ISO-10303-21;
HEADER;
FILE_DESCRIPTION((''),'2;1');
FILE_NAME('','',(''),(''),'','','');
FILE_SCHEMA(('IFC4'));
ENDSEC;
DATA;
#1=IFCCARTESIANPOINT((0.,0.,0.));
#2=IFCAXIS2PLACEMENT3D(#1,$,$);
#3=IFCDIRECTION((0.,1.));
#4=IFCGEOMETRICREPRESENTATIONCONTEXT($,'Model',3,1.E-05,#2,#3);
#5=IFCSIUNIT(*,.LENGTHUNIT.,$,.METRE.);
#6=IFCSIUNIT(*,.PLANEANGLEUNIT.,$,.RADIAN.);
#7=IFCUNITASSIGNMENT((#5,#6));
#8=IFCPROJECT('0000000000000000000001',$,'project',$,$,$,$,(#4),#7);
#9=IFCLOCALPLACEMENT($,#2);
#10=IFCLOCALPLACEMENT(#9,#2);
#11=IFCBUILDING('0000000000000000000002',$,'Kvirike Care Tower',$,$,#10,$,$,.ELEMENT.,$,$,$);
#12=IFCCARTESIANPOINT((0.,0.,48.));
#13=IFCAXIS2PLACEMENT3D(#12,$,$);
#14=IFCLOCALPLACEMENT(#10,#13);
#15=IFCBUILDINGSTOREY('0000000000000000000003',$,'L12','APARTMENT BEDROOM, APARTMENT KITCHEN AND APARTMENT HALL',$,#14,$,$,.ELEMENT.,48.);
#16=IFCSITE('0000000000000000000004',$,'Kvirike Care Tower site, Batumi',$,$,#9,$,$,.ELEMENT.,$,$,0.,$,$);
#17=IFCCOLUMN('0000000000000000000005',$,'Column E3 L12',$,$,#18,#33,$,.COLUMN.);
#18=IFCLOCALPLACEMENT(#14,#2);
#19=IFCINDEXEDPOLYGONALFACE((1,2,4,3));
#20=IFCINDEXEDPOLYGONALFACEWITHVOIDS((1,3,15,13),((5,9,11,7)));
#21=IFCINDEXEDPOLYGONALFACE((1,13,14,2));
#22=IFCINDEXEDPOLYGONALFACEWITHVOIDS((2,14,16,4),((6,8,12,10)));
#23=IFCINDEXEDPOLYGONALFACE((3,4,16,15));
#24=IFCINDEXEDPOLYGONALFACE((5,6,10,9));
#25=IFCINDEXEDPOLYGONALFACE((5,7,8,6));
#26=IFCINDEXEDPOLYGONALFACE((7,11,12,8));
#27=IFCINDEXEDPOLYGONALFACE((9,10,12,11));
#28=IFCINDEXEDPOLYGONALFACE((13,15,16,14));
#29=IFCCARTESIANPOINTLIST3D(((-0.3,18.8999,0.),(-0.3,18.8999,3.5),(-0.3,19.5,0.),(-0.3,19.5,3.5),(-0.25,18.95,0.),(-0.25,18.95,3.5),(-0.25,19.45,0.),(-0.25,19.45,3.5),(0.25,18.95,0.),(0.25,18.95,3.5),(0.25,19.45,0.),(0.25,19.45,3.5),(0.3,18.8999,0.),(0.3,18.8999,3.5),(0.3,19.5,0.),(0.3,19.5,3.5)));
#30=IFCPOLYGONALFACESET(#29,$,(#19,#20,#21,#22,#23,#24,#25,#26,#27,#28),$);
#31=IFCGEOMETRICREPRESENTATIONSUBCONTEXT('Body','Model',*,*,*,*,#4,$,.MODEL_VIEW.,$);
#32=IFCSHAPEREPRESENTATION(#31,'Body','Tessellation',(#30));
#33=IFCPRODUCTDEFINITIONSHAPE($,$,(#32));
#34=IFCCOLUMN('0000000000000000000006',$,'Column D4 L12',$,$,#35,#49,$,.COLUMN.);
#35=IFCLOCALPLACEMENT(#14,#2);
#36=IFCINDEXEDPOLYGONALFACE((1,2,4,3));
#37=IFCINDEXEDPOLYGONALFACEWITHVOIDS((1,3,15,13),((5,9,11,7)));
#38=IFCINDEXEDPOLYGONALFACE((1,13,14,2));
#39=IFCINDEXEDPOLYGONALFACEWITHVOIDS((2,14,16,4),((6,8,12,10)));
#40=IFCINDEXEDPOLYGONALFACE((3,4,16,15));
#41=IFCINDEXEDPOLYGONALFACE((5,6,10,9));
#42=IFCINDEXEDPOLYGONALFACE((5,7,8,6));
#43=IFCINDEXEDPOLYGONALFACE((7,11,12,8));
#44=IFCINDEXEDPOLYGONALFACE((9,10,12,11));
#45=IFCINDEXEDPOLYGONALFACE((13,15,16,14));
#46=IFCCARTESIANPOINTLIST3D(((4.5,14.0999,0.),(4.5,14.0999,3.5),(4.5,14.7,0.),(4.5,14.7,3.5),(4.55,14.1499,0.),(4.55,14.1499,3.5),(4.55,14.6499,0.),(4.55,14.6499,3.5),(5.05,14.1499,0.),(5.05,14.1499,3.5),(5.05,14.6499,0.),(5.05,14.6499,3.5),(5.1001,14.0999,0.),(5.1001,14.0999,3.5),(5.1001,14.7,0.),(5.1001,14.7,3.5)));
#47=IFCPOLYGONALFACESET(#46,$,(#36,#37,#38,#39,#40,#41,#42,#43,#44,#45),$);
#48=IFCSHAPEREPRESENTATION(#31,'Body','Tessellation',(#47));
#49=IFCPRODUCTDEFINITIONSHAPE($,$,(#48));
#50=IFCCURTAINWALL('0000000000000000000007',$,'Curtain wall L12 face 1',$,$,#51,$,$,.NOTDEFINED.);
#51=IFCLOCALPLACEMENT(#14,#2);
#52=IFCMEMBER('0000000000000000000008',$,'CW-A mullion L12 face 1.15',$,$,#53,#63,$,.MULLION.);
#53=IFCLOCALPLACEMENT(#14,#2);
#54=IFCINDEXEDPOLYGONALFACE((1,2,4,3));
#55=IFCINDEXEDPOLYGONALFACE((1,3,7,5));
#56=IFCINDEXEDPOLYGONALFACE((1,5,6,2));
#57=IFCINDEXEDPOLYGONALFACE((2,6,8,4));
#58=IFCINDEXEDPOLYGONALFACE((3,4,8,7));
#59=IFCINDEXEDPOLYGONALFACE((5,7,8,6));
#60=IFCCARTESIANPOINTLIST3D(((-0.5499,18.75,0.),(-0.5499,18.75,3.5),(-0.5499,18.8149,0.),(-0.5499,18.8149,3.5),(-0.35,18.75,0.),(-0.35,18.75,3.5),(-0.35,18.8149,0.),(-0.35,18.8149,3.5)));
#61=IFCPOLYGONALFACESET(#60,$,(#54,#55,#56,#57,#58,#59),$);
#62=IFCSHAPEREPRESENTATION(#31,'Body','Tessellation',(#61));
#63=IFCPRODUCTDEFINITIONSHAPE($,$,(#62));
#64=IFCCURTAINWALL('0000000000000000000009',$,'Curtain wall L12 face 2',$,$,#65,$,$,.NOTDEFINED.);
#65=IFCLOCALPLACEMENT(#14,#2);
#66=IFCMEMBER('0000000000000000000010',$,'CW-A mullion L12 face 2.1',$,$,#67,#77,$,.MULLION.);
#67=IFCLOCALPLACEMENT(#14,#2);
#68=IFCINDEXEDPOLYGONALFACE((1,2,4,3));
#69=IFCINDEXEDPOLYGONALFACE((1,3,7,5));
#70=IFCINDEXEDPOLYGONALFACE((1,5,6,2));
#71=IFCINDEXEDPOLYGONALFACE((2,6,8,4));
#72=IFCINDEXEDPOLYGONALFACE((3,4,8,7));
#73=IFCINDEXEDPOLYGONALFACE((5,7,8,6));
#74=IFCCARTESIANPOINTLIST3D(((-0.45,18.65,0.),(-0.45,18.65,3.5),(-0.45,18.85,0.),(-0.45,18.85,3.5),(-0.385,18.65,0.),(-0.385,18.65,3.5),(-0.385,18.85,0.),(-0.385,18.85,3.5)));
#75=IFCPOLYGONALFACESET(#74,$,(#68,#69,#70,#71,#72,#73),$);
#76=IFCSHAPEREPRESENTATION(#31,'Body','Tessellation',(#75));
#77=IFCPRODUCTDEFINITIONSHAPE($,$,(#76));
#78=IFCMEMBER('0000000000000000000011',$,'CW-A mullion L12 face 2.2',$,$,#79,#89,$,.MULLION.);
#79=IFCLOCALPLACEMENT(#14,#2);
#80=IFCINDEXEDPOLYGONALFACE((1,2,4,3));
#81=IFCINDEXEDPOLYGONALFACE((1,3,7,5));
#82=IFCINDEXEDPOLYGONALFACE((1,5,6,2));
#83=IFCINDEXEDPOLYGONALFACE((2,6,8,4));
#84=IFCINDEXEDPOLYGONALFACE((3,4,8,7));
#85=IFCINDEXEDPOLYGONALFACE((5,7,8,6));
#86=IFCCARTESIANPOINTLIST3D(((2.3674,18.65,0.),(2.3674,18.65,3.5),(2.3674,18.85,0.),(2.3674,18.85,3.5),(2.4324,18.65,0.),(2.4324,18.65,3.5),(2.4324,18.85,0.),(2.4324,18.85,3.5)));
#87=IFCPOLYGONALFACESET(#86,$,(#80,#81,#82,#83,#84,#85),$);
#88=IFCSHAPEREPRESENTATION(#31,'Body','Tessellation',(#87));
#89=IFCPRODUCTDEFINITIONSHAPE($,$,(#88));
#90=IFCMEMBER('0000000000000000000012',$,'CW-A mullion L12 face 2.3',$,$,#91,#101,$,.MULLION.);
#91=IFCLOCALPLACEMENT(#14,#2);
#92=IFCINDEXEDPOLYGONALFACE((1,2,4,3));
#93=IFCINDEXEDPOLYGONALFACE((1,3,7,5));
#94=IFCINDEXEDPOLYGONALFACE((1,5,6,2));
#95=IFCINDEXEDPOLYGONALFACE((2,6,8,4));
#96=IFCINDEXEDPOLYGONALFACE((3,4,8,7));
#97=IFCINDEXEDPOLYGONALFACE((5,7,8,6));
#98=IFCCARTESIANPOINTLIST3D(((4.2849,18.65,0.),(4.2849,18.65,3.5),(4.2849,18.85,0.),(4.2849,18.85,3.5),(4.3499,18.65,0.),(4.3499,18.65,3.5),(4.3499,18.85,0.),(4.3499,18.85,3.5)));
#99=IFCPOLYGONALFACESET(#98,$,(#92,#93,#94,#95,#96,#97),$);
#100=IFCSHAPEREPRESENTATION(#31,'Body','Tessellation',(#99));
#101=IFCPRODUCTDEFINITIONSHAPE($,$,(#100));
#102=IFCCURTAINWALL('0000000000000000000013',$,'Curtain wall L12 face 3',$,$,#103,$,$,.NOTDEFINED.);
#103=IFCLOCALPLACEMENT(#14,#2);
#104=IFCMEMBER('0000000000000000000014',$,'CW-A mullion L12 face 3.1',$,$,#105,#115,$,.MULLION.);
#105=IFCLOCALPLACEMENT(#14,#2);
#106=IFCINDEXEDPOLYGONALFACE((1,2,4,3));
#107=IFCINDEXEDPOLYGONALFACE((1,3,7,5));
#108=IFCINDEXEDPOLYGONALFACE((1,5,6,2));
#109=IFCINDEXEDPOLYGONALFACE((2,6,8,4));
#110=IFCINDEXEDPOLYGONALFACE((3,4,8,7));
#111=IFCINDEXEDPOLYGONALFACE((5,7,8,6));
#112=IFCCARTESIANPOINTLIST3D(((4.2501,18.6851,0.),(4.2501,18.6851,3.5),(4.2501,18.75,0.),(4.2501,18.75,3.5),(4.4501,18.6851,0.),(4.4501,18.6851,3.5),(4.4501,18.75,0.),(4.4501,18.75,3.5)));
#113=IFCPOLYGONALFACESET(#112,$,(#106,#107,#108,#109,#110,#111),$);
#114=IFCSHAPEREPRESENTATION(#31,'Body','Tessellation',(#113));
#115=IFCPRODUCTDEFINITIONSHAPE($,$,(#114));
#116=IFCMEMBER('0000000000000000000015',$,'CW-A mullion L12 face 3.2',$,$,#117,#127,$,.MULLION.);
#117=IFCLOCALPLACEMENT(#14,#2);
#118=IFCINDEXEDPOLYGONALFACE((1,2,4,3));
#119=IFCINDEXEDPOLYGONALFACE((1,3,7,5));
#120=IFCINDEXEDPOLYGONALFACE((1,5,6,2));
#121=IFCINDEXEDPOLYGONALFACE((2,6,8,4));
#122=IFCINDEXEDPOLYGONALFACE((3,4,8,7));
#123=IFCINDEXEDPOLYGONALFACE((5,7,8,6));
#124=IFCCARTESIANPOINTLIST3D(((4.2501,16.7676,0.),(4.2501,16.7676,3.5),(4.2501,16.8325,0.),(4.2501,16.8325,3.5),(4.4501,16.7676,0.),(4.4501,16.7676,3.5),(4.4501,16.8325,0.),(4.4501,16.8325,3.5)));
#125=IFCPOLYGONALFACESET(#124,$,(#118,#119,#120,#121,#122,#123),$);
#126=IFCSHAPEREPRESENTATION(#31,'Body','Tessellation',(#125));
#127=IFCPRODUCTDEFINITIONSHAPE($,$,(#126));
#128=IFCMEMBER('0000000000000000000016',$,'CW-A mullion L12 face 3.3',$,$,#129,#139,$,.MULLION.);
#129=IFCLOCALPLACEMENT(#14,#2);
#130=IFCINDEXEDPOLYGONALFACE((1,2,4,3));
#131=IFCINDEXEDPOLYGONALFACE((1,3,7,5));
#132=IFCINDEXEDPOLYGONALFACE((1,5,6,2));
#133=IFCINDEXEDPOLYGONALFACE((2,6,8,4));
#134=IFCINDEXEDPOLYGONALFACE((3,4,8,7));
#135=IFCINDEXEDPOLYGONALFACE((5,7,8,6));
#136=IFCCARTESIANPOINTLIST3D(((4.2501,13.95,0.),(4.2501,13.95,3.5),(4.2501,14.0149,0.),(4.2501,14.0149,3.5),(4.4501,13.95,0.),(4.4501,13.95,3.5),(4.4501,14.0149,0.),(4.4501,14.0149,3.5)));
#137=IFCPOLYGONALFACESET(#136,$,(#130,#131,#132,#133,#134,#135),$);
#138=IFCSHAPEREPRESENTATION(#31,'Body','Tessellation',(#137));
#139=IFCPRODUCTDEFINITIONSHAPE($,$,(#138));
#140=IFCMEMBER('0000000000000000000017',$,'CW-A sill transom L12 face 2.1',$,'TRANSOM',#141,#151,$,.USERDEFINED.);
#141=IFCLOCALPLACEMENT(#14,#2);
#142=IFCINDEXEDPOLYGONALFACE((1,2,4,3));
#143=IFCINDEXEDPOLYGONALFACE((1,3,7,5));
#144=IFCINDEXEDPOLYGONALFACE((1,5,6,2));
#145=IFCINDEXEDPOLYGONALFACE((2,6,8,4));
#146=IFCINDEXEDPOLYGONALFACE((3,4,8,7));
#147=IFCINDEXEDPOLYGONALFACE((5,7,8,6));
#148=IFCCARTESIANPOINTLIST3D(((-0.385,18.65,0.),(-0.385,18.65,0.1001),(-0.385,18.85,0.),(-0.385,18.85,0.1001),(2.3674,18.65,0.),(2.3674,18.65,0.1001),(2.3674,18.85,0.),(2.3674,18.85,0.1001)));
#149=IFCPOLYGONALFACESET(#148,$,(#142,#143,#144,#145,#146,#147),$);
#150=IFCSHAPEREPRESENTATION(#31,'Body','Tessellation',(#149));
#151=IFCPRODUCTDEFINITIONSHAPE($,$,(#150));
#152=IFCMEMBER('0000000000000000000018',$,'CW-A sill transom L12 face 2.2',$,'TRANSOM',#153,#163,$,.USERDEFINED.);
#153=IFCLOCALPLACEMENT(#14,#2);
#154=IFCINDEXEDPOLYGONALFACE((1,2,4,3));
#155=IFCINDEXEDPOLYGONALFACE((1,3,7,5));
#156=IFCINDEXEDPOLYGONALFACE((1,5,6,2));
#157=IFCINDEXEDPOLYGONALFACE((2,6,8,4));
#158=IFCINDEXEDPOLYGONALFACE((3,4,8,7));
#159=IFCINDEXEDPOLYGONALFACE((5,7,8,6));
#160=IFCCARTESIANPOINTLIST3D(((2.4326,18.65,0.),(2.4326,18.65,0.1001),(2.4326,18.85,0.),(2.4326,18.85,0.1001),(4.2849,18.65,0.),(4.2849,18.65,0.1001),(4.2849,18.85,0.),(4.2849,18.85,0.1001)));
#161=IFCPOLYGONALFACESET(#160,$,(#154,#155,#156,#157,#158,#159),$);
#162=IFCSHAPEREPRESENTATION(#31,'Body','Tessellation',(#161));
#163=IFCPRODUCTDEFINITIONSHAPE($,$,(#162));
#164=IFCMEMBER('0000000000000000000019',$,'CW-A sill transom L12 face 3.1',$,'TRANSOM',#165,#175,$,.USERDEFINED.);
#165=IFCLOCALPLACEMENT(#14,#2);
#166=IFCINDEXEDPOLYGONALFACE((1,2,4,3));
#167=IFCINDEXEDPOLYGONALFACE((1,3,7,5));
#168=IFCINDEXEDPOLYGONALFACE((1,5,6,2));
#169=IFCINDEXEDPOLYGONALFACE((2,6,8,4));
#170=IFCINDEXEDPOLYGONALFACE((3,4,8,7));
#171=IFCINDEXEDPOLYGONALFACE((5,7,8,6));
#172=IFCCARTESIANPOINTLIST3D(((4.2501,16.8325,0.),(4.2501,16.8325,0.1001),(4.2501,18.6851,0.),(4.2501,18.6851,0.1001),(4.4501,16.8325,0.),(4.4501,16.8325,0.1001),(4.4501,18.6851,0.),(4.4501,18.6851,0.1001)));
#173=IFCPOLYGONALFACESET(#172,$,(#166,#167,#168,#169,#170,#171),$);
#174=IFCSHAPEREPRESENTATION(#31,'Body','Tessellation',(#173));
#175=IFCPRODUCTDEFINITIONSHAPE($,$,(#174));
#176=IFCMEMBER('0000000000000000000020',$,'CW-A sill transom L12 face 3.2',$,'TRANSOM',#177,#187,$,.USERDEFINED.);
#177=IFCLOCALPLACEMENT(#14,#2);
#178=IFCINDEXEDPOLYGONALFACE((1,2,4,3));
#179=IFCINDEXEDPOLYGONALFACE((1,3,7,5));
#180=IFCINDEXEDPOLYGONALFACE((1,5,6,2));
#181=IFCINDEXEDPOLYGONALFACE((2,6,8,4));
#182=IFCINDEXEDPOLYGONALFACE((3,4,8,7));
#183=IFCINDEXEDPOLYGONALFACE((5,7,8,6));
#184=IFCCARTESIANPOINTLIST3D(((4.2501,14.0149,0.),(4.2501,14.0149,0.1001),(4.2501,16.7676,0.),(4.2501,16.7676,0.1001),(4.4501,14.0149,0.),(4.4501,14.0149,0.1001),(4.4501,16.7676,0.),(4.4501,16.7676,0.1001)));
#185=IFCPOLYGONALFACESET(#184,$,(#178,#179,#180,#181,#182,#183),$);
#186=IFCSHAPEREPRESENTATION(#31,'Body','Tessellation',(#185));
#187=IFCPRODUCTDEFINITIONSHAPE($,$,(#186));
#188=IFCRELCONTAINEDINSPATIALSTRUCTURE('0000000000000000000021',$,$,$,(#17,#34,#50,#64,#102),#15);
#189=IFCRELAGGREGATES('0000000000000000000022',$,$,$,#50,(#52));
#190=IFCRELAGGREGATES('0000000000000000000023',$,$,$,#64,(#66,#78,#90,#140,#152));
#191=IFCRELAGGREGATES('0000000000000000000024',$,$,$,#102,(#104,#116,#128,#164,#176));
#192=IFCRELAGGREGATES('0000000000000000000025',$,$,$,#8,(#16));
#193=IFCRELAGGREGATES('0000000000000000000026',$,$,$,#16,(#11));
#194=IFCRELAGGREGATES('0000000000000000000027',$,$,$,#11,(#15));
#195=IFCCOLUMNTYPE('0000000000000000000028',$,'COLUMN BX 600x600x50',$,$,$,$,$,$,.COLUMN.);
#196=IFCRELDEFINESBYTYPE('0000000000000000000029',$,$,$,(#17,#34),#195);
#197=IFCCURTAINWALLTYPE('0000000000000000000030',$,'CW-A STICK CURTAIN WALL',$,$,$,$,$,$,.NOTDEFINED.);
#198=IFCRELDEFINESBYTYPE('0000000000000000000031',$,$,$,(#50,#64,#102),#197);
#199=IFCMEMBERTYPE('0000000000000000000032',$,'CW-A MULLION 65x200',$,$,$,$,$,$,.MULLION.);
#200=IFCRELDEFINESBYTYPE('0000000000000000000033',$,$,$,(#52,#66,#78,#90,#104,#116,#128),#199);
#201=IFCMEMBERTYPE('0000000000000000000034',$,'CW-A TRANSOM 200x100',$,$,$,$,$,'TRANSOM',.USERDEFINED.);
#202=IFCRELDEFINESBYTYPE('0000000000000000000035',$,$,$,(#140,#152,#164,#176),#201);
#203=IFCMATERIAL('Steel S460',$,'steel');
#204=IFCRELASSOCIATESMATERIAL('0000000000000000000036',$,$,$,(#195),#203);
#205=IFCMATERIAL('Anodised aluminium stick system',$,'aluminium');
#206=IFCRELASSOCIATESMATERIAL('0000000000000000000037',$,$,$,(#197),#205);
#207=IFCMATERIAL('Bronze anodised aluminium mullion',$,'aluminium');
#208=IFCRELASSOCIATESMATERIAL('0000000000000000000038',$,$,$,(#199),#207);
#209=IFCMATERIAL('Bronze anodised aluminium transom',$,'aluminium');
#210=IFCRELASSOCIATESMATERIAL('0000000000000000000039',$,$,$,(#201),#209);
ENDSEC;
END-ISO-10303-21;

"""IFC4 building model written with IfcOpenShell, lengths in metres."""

from ifc_helpers import new_model, si_unit, direction, frame, origin, origin_2d, place, context, subcontext, project, spatial, rectangle, hollow_rectangle, extrude, material, material_profile, profile_set, type_object, element, aggregate, save


model = new_model("IFC4")

# Units and contexts
model_context = context("Model", 3, precision=1e-05, world=origin(), true_north=direction((0.0, 1.0)))
body_context = subcontext(model_context, "Body", "Model", "MODEL_VIEW")
ifc_project = project(units=[si_unit("LENGTHUNIT", "METRE"), si_unit("PLANEANGLEUNIT", "RADIAN")], contexts=[model_context])

# Site, building, storey
site_placement = place(None, origin())
site = spatial("IfcSite", under=ifc_project, at=site_placement, Name="Kvirike Care Tower site, Batumi", CompositionType="ELEMENT", RefElevation=0.0)
building_placement = place(site_placement, origin())
building = spatial("IfcBuilding", under=site, at=building_placement, Name="Kvirike Care Tower", CompositionType="ELEMENT")
storey_placement = place(building_placement, frame((0.0, 0.0, 48.0)))
storey = spatial("IfcBuildingStorey", under=building, at=storey_placement, Name="L12", Description="APARTMENT BEDROOM, APARTMENT KITCHEN AND APARTMENT HALL", CompositionType="ELEMENT", Elevation=48.0)

# Columns
ifc_material_1 = material(Name="Steel S460", Category="steel")
ifc_material_profile_1 = material_profile(ifc_material_1, hollow_rectangle(XDim=0.6001, YDim=0.6001, WallThickness=0.05, at=origin_2d()), Name="BX 600x600x50")
ifc_profile_set_1 = profile_set([ifc_material_profile_1], Name="Steel S460")
column_type = type_object("IfcColumnType", Name="COLUMN BX 600x600x50", PredefinedType="COLUMN", material=ifc_profile_set_1)
for number, where, z_axis, x_axis, name in (
    (1, (0.0, 19.2, 0.0), (0.0, 0.0, 1.0), (0.0, 1.0, 0.0), "Column E3 L12"),
    (2, (4.8, 14.3999, 0.0), (0.0, 0.0, 1.0), (0.0, 1.0, 0.0), "Column D4 L12"),
):
    element("IfcColumn", number, at=place(storey_placement, frame(where, z_axis=z_axis, x_axis=x_axis)), inside=storey, type_object=column_type, Name=name, PredefinedType="COLUMN", context=body_context, shape_type="SweptSolid", body=[
        extrude(hollow_rectangle(XDim=0.6001, YDim=0.6001, WallThickness=0.05, at=origin_2d()), origin(), (0.0, 0.0, 1.0), 3.5),
    ])

# Curtain wall, member
ifc_material_2 = material(Name="Anodised aluminium stick system", Category="aluminium")
curtain_wall_type = type_object("IfcCurtainWallType", Name="CW-A STICK CURTAIN WALL", PredefinedType="NOTDEFINED", material=ifc_material_2)
curtain_wall_1_placement = place(storey_placement, origin())
curtain_wall_1 = element("IfcCurtainWall", 3, at=curtain_wall_1_placement, inside=storey, type_object=curtain_wall_type, Name="Curtain wall L12 face 1", PredefinedType="NOTDEFINED")
ifc_material_3 = material(Name="Bronze anodised aluminium mullion", Category="aluminium")
ifc_material_profile_2 = material_profile(ifc_material_3, rectangle(XDim=0.0649, YDim=0.2, at=origin_2d()), Name="CW-A MULLION 65x200")
ifc_profile_set_2 = profile_set([ifc_material_profile_2], Name="Bronze anodised aluminium mullion")
member_type_1 = type_object("IfcMemberType", Name="CW-A MULLION 65x200", PredefinedType="MULLION", material=ifc_profile_set_2)
member_1_placement = place(storey_placement, frame((-0.45, 18.7825, 0.0), z_axis=(0.0, 0.0, 1.0), x_axis=(0.0, -1.0, 0.0)))
member_1 = element("IfcMember", 4, at=member_1_placement, type_object=member_type_1, Name="CW-A mullion L12 face 1.15", PredefinedType="MULLION", context=body_context, shape_type="SweptSolid", body=[
    extrude(rectangle(XDim=0.0649, YDim=0.2, at=origin_2d()), origin(), (0.0, 0.0, 1.0), 3.5),
])
aggregate(curtain_wall_1, [member_1])

# Curtain walls, members
curtain_wall_2_placement = place(storey_placement, origin())
curtain_wall_2 = element("IfcCurtainWall", 5, at=curtain_wall_2_placement, inside=storey, type_object=curtain_wall_type, Name="Curtain wall L12 face 2", PredefinedType="NOTDEFINED")
member_2_placement = place(storey_placement, frame((-0.4175, 18.75, 0.0), z_axis=(0.0, 0.0, 1.0), x_axis=(1.0, 0.0, 0.0)))
member_2 = element("IfcMember", 6, at=member_2_placement, type_object=member_type_1, Name="CW-A mullion L12 face 2.1", PredefinedType="MULLION", context=body_context, shape_type="SweptSolid", body=[
    extrude(rectangle(XDim=0.0649, YDim=0.2, at=origin_2d()), origin(), (0.0, 0.0, 1.0), 3.5),
])
member_3_placement = place(storey_placement, frame((2.3999, 18.75, 0.0), z_axis=(0.0, 0.0, 1.0), x_axis=(1.0, 0.0, 0.0)))
member_3 = element("IfcMember", 7, at=member_3_placement, type_object=member_type_1, Name="CW-A mullion L12 face 2.2", PredefinedType="MULLION", context=body_context, shape_type="SweptSolid", body=[
    extrude(rectangle(XDim=0.0649, YDim=0.2, at=origin_2d()), origin(), (0.0, 0.0, 1.0), 3.5),
])
member_4_placement = place(storey_placement, frame((4.3174, 18.75, 0.0), z_axis=(0.0, 0.0, 1.0), x_axis=(1.0, 0.0, 0.0)))
member_4 = element("IfcMember", 8, at=member_4_placement, type_object=member_type_1, Name="CW-A mullion L12 face 2.3", PredefinedType="MULLION", context=body_context, shape_type="SweptSolid", body=[
    extrude(rectangle(XDim=0.0649, YDim=0.2, at=origin_2d()), origin(), (0.0, 0.0, 1.0), 3.5),
])
curtain_wall_3_placement = place(storey_placement, origin())
curtain_wall_3 = element("IfcCurtainWall", 9, at=curtain_wall_3_placement, inside=storey, type_object=curtain_wall_type, Name="Curtain wall L12 face 3", PredefinedType="NOTDEFINED")
member_5_placement = place(storey_placement, frame((4.3501, 18.7175, 0.0), z_axis=(0.0, 0.0, 1.0), x_axis=(0.0, -1.0, 0.0)))
member_5 = element("IfcMember", 10, at=member_5_placement, type_object=member_type_1, Name="CW-A mullion L12 face 3.1", PredefinedType="MULLION", context=body_context, shape_type="SweptSolid", body=[
    extrude(rectangle(XDim=0.0649, YDim=0.2, at=origin_2d()), origin(), (0.0, 0.0, 1.0), 3.5),
])
member_6_placement = place(storey_placement, frame((4.3501, 16.8, 0.0), z_axis=(0.0, 0.0, 1.0), x_axis=(0.0, -1.0, 0.0)))
member_6 = element("IfcMember", 11, at=member_6_placement, type_object=member_type_1, Name="CW-A mullion L12 face 3.2", PredefinedType="MULLION", context=body_context, shape_type="SweptSolid", body=[
    extrude(rectangle(XDim=0.0649, YDim=0.2, at=origin_2d()), origin(), (0.0, 0.0, 1.0), 3.5),
])
member_7_placement = place(storey_placement, frame((4.3501, 13.9824, 0.0), z_axis=(0.0, 0.0, 1.0), x_axis=(0.0, -1.0, 0.0)))
member_7 = element("IfcMember", 12, at=member_7_placement, type_object=member_type_1, Name="CW-A mullion L12 face 3.3", PredefinedType="MULLION", context=body_context, shape_type="SweptSolid", body=[
    extrude(rectangle(XDim=0.0649, YDim=0.2, at=origin_2d()), origin(), (0.0, 0.0, 1.0), 3.5),
])

# Members
ifc_material_4 = material(Name="Bronze anodised aluminium transom", Category="aluminium")
ifc_material_profile_3 = material_profile(ifc_material_4, rectangle(XDim=0.2, YDim=0.1001, at=origin_2d()), Name="CW-A TRANSOM 200x100")
ifc_profile_set_3 = profile_set([ifc_material_profile_3], Name="Bronze anodised aluminium transom")
member_type_2 = type_object("IfcMemberType", Name="CW-A TRANSOM 200x100", ElementType="TRANSOM", PredefinedType="USERDEFINED", material=ifc_profile_set_3)
member_8_placement = place(storey_placement, frame((-0.385, 18.75, 0.05), z_axis=(1.0, 0.0, 0.0), x_axis=(0.0, 1.0, 0.0)))
member_8 = element("IfcMember", 13, at=member_8_placement, type_object=member_type_2, Name="CW-A sill transom L12 face 2.1", ObjectType="TRANSOM", PredefinedType="USERDEFINED", context=body_context, shape_type="SweptSolid", body=[
    extrude(rectangle(XDim=0.2, YDim=0.1001, at=origin_2d()), origin(), (0.0, 0.0, 1.0), 2.7524),
])
member_9_placement = place(storey_placement, frame((2.4326, 18.75, 0.05), z_axis=(1.0, 0.0, 0.0), x_axis=(0.0, 1.0, 0.0)))
member_9 = element("IfcMember", 14, at=member_9_placement, type_object=member_type_2, Name="CW-A sill transom L12 face 2.2", ObjectType="TRANSOM", PredefinedType="USERDEFINED", context=body_context, shape_type="SweptSolid", body=[
    extrude(rectangle(XDim=0.2, YDim=0.1001, at=origin_2d()), origin(), (0.0, 0.0, 1.0), 1.8523),
])
member_10_placement = place(storey_placement, frame((4.3501, 18.6851, 0.05), z_axis=(0.0, -1.0, 0.0), x_axis=(1.0, 0.0, 0.0)))
member_10 = element("IfcMember", 15, at=member_10_placement, type_object=member_type_2, Name="CW-A sill transom L12 face 3.1", ObjectType="TRANSOM", PredefinedType="USERDEFINED", context=body_context, shape_type="SweptSolid", body=[
    extrude(rectangle(XDim=0.2, YDim=0.1001, at=origin_2d()), origin(), (0.0, 0.0, 1.0), 1.8525),
])
member_11_placement = place(storey_placement, frame((4.3501, 16.7676, 0.05), z_axis=(0.0, -1.0, 0.0), x_axis=(1.0, 0.0, 0.0)))
member_11 = element("IfcMember", 16, at=member_11_placement, type_object=member_type_2, Name="CW-A sill transom L12 face 3.2", ObjectType="TRANSOM", PredefinedType="USERDEFINED", context=body_context, shape_type="SweptSolid", body=[
    extrude(rectangle(XDim=0.2, YDim=0.1001, at=origin_2d()), origin(), (0.0, 0.0, 1.0), 2.7527),
])

aggregate(curtain_wall_2, [member_2, member_3, member_4, member_8, member_9])
aggregate(curtain_wall_3, [member_5, member_6, member_7, member_10, member_11])

save(model, "model.ifc")
